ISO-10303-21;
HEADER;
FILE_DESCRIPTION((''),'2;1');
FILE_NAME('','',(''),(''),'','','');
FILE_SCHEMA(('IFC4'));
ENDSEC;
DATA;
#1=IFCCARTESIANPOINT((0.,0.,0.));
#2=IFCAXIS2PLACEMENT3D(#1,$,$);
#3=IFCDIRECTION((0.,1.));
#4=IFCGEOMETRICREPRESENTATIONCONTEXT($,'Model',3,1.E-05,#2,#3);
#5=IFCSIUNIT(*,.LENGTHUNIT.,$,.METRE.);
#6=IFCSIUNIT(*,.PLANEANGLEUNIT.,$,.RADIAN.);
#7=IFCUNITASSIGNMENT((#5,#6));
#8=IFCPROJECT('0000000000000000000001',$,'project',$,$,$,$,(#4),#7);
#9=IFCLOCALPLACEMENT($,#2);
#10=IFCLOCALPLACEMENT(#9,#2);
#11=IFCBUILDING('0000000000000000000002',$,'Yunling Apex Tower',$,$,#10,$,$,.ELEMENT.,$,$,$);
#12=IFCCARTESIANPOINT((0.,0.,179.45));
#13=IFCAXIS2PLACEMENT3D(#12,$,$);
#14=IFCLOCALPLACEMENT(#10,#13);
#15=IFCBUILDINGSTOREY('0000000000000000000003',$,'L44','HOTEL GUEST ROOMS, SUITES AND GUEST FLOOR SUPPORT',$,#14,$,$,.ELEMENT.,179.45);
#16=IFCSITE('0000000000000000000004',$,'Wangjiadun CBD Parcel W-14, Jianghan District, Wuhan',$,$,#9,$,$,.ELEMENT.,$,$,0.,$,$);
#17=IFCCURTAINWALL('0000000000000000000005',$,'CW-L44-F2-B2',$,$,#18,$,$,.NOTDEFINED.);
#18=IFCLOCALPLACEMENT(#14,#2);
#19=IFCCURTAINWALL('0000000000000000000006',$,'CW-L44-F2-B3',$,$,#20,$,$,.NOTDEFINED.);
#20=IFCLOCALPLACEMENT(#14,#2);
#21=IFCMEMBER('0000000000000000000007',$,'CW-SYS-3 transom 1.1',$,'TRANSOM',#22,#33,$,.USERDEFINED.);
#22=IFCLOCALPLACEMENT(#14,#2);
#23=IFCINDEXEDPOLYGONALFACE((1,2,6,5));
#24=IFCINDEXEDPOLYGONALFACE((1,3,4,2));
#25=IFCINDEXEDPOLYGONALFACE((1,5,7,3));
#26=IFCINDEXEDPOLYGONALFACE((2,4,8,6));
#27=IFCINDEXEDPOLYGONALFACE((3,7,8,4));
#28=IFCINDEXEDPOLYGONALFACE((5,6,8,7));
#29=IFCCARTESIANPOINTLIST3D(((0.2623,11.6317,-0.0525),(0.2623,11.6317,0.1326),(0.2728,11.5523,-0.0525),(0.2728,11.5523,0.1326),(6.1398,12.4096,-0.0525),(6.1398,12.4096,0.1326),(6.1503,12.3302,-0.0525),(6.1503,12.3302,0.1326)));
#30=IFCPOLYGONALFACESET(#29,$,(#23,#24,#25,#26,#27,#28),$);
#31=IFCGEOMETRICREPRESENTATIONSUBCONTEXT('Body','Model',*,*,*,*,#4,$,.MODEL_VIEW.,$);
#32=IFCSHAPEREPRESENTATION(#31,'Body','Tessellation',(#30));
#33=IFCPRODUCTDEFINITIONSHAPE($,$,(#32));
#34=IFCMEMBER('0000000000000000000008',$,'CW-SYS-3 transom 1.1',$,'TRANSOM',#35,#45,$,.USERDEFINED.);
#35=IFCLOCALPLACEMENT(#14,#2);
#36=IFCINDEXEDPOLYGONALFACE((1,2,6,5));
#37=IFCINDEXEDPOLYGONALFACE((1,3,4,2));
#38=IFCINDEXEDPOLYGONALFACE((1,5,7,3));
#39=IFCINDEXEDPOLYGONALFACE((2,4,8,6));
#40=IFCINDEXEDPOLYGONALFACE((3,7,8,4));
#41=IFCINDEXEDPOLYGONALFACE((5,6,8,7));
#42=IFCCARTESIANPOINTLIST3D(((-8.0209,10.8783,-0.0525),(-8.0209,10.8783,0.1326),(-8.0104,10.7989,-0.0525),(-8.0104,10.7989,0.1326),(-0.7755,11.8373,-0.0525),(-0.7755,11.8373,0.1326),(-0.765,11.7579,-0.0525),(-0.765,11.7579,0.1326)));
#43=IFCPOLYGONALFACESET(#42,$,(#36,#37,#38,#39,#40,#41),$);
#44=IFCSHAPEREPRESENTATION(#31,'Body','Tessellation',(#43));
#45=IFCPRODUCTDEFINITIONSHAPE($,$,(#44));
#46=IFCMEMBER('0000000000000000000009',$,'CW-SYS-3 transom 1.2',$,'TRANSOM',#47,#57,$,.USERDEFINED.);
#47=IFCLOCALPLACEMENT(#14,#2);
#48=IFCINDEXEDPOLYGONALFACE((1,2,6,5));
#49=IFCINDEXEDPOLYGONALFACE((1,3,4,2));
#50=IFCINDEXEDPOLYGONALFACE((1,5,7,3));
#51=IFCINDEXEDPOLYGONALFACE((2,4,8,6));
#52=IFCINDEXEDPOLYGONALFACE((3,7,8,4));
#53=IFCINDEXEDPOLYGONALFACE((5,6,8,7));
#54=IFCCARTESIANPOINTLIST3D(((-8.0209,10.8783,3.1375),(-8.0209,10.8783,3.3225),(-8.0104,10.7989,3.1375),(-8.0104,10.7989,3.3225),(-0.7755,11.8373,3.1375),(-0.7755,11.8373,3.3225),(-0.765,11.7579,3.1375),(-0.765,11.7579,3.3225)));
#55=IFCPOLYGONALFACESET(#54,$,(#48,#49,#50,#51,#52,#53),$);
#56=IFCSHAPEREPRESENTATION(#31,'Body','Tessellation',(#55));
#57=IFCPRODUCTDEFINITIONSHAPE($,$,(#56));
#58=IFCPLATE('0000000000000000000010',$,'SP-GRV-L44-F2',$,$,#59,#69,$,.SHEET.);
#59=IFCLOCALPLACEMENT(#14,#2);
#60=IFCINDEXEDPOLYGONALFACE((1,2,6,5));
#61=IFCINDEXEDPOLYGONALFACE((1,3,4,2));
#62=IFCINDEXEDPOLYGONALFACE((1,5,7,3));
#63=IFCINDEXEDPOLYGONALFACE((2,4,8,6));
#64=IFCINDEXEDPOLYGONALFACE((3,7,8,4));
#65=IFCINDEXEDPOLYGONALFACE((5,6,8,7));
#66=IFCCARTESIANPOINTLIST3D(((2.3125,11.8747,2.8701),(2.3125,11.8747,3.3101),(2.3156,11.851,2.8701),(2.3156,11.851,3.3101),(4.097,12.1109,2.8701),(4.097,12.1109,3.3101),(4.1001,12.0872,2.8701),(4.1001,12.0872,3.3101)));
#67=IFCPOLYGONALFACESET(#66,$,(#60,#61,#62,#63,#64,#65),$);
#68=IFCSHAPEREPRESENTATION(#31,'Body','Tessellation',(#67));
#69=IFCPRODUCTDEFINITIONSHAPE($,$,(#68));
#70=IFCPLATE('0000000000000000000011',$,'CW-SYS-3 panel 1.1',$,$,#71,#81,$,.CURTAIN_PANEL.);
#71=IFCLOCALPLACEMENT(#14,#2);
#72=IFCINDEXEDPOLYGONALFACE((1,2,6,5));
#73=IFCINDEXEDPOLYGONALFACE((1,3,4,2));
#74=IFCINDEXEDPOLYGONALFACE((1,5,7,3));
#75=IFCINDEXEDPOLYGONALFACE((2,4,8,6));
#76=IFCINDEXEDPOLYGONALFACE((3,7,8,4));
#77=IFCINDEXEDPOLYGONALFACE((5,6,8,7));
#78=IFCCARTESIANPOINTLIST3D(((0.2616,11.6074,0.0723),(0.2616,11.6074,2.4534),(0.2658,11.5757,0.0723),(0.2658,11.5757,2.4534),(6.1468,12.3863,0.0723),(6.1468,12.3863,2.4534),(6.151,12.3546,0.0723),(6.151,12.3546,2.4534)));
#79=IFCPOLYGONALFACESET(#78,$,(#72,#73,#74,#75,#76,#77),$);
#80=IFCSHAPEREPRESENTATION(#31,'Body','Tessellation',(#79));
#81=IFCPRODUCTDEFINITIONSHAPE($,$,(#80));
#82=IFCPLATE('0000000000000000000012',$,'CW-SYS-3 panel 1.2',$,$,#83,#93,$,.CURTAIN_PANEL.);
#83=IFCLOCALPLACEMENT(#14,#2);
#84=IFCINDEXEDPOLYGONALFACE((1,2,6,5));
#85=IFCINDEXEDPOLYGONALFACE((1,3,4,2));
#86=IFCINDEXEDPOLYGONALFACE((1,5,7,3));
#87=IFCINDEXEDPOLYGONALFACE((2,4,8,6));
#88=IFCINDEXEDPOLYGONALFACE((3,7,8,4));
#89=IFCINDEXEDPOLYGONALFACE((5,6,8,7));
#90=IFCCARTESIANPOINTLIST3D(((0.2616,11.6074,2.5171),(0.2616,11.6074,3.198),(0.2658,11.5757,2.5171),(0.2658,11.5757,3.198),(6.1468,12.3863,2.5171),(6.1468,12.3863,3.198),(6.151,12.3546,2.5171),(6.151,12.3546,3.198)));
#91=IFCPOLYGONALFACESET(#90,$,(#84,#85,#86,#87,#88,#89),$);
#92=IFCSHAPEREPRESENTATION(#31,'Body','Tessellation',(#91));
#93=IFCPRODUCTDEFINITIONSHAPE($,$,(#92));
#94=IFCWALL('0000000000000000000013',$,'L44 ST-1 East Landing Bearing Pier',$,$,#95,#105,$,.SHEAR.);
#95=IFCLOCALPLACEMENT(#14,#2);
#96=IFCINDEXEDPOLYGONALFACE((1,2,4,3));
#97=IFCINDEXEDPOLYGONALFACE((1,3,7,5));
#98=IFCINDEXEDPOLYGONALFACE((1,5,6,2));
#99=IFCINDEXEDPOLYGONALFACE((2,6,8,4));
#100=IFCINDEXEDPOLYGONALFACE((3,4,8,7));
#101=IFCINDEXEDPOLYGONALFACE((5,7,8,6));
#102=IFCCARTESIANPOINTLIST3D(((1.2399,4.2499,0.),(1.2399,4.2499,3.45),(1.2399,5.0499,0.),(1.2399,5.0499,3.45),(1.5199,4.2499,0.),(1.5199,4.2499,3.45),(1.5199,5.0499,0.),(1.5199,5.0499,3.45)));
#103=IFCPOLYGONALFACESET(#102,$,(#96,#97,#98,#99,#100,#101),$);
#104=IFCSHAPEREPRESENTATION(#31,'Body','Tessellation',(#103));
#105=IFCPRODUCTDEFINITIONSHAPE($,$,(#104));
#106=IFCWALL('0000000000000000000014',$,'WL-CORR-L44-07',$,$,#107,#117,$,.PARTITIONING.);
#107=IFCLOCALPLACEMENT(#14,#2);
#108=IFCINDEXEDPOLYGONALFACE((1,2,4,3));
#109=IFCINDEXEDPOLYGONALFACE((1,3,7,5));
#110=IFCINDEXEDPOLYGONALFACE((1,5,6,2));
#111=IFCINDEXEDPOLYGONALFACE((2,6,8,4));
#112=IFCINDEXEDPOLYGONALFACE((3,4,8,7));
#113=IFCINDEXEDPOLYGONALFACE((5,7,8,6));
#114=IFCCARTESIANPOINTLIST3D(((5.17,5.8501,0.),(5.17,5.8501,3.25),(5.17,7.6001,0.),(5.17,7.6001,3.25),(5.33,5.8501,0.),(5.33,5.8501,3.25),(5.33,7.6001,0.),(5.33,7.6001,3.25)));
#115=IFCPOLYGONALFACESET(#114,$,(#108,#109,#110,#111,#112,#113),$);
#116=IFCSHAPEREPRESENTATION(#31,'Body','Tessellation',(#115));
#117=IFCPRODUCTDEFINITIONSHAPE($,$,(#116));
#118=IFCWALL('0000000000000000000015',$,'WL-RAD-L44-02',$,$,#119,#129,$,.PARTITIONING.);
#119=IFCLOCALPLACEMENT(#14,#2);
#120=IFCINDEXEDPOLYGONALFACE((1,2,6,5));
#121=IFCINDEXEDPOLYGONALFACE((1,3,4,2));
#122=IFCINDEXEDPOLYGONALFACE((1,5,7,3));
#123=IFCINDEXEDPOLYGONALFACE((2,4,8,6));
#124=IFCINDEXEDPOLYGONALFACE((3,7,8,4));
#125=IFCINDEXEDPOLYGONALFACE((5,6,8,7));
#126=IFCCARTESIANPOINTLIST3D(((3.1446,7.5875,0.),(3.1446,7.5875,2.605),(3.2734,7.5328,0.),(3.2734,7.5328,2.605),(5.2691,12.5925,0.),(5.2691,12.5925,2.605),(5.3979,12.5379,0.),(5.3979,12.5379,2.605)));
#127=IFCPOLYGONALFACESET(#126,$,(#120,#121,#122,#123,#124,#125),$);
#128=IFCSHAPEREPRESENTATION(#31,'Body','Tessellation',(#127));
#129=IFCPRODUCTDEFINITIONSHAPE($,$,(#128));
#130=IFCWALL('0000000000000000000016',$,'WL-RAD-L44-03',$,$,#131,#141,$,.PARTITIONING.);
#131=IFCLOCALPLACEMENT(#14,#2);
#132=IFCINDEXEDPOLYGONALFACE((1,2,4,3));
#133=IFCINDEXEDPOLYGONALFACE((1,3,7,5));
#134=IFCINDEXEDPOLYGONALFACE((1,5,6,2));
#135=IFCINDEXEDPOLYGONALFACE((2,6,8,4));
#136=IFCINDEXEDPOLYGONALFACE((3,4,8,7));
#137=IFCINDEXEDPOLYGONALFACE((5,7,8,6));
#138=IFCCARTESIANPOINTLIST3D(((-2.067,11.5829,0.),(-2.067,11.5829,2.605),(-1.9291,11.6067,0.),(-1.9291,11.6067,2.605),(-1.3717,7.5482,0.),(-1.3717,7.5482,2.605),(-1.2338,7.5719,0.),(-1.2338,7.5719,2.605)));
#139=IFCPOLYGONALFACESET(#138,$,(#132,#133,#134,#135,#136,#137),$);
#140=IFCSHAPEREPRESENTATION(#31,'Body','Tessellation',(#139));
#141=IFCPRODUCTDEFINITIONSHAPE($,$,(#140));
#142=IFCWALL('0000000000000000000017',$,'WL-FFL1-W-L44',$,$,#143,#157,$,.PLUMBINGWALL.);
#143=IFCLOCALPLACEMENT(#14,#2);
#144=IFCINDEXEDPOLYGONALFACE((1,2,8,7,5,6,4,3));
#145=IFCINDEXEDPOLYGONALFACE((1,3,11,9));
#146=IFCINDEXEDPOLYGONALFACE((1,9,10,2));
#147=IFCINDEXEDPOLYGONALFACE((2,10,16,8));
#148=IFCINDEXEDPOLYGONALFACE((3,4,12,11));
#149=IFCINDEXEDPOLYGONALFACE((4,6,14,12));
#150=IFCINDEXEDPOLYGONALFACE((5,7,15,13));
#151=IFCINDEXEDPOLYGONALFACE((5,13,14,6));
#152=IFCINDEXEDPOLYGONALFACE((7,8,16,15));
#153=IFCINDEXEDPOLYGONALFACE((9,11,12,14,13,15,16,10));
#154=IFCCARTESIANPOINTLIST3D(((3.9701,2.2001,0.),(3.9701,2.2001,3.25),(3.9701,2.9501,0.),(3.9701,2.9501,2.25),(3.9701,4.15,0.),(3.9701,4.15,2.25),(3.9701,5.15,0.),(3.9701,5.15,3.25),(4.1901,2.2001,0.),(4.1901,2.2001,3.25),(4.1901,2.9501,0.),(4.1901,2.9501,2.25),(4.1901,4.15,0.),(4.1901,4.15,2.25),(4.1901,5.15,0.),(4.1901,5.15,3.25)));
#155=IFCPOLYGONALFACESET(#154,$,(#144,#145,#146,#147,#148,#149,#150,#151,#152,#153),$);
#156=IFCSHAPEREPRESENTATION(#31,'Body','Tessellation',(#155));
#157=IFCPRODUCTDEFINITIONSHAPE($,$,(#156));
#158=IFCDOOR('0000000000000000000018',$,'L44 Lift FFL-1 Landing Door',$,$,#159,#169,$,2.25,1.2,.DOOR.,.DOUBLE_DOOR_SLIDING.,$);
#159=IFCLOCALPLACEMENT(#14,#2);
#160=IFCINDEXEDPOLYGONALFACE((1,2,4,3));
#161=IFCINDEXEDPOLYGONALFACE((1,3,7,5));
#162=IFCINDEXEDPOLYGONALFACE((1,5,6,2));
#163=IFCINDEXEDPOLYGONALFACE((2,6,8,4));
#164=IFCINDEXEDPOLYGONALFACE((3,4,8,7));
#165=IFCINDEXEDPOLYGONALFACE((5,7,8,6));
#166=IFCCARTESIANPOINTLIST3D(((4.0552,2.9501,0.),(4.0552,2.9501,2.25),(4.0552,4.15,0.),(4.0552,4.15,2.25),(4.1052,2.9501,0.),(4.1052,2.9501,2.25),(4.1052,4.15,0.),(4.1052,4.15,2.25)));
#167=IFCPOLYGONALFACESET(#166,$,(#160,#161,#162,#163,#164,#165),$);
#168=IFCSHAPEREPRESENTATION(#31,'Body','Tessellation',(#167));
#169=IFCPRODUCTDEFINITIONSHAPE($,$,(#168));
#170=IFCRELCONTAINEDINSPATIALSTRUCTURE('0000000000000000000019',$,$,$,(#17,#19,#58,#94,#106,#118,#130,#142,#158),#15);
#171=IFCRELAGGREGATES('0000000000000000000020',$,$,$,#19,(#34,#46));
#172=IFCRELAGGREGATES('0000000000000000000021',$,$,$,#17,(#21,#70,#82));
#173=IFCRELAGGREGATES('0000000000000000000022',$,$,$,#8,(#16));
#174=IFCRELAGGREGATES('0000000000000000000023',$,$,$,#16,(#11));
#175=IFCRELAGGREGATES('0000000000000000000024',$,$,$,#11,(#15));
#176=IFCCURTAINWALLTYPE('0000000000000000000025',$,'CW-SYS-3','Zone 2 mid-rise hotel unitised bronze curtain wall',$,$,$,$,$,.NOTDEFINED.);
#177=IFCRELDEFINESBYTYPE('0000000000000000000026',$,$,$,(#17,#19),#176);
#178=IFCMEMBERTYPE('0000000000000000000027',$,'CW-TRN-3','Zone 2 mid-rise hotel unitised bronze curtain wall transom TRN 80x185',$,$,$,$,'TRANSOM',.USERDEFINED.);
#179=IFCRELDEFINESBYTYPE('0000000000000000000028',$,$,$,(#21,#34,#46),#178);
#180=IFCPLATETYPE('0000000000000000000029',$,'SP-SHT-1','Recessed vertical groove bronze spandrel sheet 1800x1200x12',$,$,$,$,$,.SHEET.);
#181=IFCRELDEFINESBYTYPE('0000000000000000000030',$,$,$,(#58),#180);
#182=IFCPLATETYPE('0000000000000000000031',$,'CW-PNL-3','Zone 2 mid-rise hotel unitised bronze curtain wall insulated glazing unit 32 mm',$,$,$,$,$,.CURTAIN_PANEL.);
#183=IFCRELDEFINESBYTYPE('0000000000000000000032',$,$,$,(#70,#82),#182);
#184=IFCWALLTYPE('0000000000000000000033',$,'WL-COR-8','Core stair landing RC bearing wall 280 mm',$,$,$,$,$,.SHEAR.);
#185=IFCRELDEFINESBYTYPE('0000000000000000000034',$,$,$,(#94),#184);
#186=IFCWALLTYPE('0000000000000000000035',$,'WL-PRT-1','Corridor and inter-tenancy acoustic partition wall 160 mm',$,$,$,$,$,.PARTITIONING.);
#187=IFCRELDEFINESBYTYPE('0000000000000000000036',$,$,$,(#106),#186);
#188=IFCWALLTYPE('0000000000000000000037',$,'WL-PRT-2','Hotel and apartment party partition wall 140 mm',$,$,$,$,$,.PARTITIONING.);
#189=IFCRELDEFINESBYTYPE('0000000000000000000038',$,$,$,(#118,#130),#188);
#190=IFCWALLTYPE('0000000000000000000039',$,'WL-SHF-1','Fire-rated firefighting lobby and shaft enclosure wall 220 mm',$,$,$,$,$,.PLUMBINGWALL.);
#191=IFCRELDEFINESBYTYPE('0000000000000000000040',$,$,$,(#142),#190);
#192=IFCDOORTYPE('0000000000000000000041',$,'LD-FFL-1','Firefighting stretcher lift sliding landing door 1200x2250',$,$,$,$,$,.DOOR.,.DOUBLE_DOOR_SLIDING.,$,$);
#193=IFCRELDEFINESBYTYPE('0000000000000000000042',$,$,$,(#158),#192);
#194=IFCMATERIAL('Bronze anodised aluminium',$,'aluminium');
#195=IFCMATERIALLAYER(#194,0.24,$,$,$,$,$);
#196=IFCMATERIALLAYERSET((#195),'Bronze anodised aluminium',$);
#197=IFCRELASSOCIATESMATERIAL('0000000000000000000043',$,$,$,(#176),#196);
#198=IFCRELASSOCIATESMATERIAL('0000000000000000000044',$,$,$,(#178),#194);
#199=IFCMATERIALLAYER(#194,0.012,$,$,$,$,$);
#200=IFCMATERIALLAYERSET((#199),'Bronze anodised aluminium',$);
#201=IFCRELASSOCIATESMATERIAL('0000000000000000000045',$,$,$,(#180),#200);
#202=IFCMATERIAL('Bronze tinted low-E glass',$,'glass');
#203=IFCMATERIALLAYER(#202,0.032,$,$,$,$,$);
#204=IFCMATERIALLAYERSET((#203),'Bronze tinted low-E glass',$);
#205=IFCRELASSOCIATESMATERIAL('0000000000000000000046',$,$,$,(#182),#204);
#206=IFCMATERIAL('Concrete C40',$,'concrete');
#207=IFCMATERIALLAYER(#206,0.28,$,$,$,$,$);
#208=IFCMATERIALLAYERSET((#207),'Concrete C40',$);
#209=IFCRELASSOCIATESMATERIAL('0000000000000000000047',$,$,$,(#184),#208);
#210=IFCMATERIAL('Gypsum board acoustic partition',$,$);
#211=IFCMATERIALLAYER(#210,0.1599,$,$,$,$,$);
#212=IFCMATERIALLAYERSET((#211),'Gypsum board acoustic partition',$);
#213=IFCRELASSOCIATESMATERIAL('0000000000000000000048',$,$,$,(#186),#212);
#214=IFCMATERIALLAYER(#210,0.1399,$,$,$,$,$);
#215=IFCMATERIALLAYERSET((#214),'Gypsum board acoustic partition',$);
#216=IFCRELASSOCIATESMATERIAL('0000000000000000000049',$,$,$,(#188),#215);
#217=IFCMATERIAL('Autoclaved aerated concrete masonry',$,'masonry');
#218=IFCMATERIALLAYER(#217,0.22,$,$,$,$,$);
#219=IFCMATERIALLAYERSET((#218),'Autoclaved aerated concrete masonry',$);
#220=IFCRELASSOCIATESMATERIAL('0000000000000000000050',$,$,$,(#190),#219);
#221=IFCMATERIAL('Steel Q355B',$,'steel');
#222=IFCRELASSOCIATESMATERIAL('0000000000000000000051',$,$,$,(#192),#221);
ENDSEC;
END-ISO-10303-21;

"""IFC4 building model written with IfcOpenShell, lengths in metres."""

from ifc_helpers import new_model, si_unit, direction, frame, frame_2d, origin, origin_2d, place, context, subcontext, project, spatial, rectangle, extrude, source, transform, mapped, material, layer, layer_set, material_profile, profile_set, type_object, element, fill, aggregate, save


model = new_model("IFC4")

# Units and contexts
model_context = context("Model", 3, precision=1e-05, world=origin(), true_north=direction((0.0, 1.0)))
body_context = subcontext(model_context, "Body", "Model", "MODEL_VIEW")
ifc_project = project(units=[si_unit("LENGTHUNIT", "METRE"), si_unit("PLANEANGLEUNIT", "RADIAN")], contexts=[model_context])

# Site, building, storey
site_placement = place(None, origin())
site = spatial("IfcSite", under=ifc_project, at=site_placement, Name="Wangjiadun CBD Parcel W-14, Jianghan District, Wuhan", CompositionType="ELEMENT", RefElevation=0.0)
building_placement = place(site_placement, origin())
building = spatial("IfcBuilding", under=site, at=building_placement, Name="Yunling Apex Tower", CompositionType="ELEMENT")
storey_placement = place(building_placement, frame((0.0, 0.0, 179.45)))
storey = spatial("IfcBuildingStorey", under=building, at=storey_placement, Name="L44", Description="HOTEL GUEST ROOMS, SUITES AND GUEST FLOOR SUPPORT", CompositionType="ELEMENT", Elevation=179.45)

# Shared definitions
ifc_material_1 = material(Name="Steel Q355B", Category="steel")

# Curtain walls
ifc_material_2 = material(Name="Bronze anodised aluminium", Category="aluminium")
ifc_layer_1 = layer(ifc_material_2, 0.24)
ifc_layer_set_1 = layer_set([ifc_layer_1], Name="Bronze anodised aluminium")
curtain_wall_type = type_object("IfcCurtainWallType", Name="CW-SYS-3", Description="Zone 2 mid-rise hotel unitised bronze curtain wall", PredefinedType="NOTDEFINED", material=ifc_layer_set_1)
curtain_wall_1_placement = place(storey_placement, origin())
curtain_wall_1 = element("IfcCurtainWall", 1, at=curtain_wall_1_placement, inside=storey, type_object=curtain_wall_type, Name="CW-L44-F2-B2", PredefinedType="NOTDEFINED")
curtain_wall_2_placement = place(storey_placement, origin())
curtain_wall_2 = element("IfcCurtainWall", 2, at=curtain_wall_2_placement, inside=storey, type_object=curtain_wall_type, Name="CW-L44-F2-B3", PredefinedType="NOTDEFINED")

# Members
ifc_material_profile_1 = material_profile(ifc_material_2, rectangle(XDim=0.0801, YDim=0.1851, at=origin_2d()))
ifc_profile_set_1 = profile_set([ifc_material_profile_1], Name="Bronze anodised aluminium")
member_type_1 = type_object("IfcMemberType", Name="CW-TRN-3", Description="Zone 2 mid-rise hotel unitised bronze curtain wall transom TRN 80x185", ElementType="TRANSOM", PredefinedType="USERDEFINED", material=ifc_profile_set_1)
shared_shape_1 = source(origin(), body_context, "Body", "SweptSolid", [
    extrude(rectangle(XDim=0.0801, YDim=0.1851, at=origin_2d()), origin(), (0.0, 0.0, 1.0), 5.9287),
])
member_1_placement = place(storey_placement, frame((6.145, 12.3699, 0.04), z_axis=(-0.991356, -0.131198, 0.0), x_axis=(0.131198, -0.991356, 0.0)))
member_1 = element("IfcMember", 3, at=member_1_placement, type_object=member_type_1, Name="CW-SYS-3 transom 1.1", ObjectType="TRANSOM", PredefinedType="USERDEFINED", context=body_context, shape_type="MappedRepresentation", body=[
    mapped(shared_shape_1, transform((0.0, 0.0, 0.0), scale=1.0)),
])
shared_shape_2 = source(origin(), body_context, "Body", "SweptSolid", [
    extrude(rectangle(XDim=0.0801, YDim=0.1851, at=origin_2d()), origin(), (0.0, 0.0, 1.0), 7.3086),
])
member_2_placement = place(storey_placement, frame((-0.7703, 11.7976, 0.04), z_axis=(-0.991354, -0.131214, 0.0), x_axis=(0.131214, -0.991354, 0.0)))
member_2 = element("IfcMember", 4, at=member_2_placement, type_object=member_type_1, Name="CW-SYS-3 transom 1.1", ObjectType="TRANSOM", PredefinedType="USERDEFINED", context=body_context, shape_type="MappedRepresentation", body=[
    mapped(shared_shape_2, transform((0.0, 0.0, 0.0), scale=1.0)),
])
member_3_placement = place(storey_placement, frame((-0.7703, 11.7976, 3.23), z_axis=(-0.991354, -0.131214, 0.0), x_axis=(0.131214, -0.991354, 0.0)))
member_3 = element("IfcMember", 5, at=member_3_placement, type_object=member_type_1, Name="CW-SYS-3 transom 1.2", ObjectType="TRANSOM", PredefinedType="USERDEFINED", context=body_context, shape_type="MappedRepresentation", body=[
    mapped(shared_shape_2, transform((0.0, 0.0, 0.0), scale=1.0)),
])
aggregate(curtain_wall_2, [member_2, member_3])

# Plates
ifc_layer_2 = layer(ifc_material_2, 0.012)
ifc_layer_set_2 = layer_set([ifc_layer_2], Name="Bronze anodised aluminium")
plate_type_1 = type_object("IfcPlateType", Name="SP-SHT-1", Description="Recessed vertical groove bronze spandrel sheet 1800x1200x12", PredefinedType="SHEET", material=ifc_layer_set_2)
shared_shape_3 = source(origin(), body_context, "Body", "SweptSolid", [
    extrude(rectangle(XDim=1.8, YDim=0.0239, at=origin_2d()), origin(), (0.0, 0.0, 1.0), 0.4399),
])
plate_1_placement = place(storey_placement, frame((3.2063, 11.981, 2.8701), z_axis=(0.0, 0.0, 1.0), x_axis=(-0.991353, -0.131218, 0.0)))
element("IfcPlate", 6, at=plate_1_placement, inside=storey, type_object=plate_type_1, Name="SP-GRV-L44-F2", PredefinedType="SHEET", context=body_context, shape_type="MappedRepresentation", body=[
    mapped(shared_shape_3, transform((0.0, 0.0, 0.0), scale=1.0)),
])
ifc_material_3 = material(Name="Bronze tinted low-E glass", Category="glass")
ifc_layer_3 = layer(ifc_material_3, 0.032)
ifc_layer_set_3 = layer_set([ifc_layer_3], Name="Bronze tinted low-E glass")
plate_type_2 = type_object("IfcPlateType", Name="CW-PNL-3", Description="Zone 2 mid-rise hotel unitised bronze curtain wall insulated glazing unit 32 mm", PredefinedType="CURTAIN_PANEL", material=ifc_layer_set_3)
shared_shape_4 = source(origin(), body_context, "Body", "SweptSolid", [
    extrude(rectangle(XDim=5.9365, YDim=0.032, at=origin_2d()), origin(), (0.0, 0.0, 1.0), 2.3811),
])
plate_2_placement = place(storey_placement, frame((3.2063, 11.981, 0.0723), z_axis=(0.0, 0.0, 1.0), x_axis=(-0.991355, -0.131205, 0.0)))
plate_2 = element("IfcPlate", 7, at=plate_2_placement, type_object=plate_type_2, Name="CW-SYS-3 panel 1.1", PredefinedType="CURTAIN_PANEL", context=body_context, shape_type="MappedRepresentation", body=[
    mapped(shared_shape_4, transform((0.0, 0.0, 0.0), scale=1.0)),
])
shared_shape_5 = source(origin(), body_context, "Body", "SweptSolid", [
    extrude(rectangle(XDim=5.9365, YDim=0.032, at=origin_2d()), origin(), (0.0, 0.0, 1.0), 0.6809),
])
plate_3_placement = place(storey_placement, frame((3.2063, 11.981, 2.5171), z_axis=(0.0, 0.0, 1.0), x_axis=(-0.991355, -0.131205, 0.0)))
plate_3 = element("IfcPlate", 8, at=plate_3_placement, type_object=plate_type_2, Name="CW-SYS-3 panel 1.2", PredefinedType="CURTAIN_PANEL", context=body_context, shape_type="MappedRepresentation", body=[
    mapped(shared_shape_5, transform((0.0, 0.0, 0.0), scale=1.0)),
])
aggregate(curtain_wall_1, [member_1, plate_2, plate_3])

# Walls
ifc_material_4 = material(Name="Concrete C40", Category="concrete")
ifc_layer_4 = layer(ifc_material_4, 0.28)
ifc_layer_set_4 = layer_set([ifc_layer_4], Name="Concrete C40")
wall_type_1 = type_object("IfcWallType", Name="WL-COR-8", Description="Core stair landing RC bearing wall 280 mm", PredefinedType="SHEAR", material=ifc_layer_set_4)
wall_1_placement = place(storey_placement, frame((1.3799, 4.25, 0.0), z_axis=(0.0, 0.0, 1.0), x_axis=(0.0, 1.0, 0.0)))
element("IfcWall", 9, at=wall_1_placement, inside=storey, type_object=wall_type_1, Name="L44 ST-1 East Landing Bearing Pier", PredefinedType="SHEAR", context=body_context, shape_type="SweptSolid", body=[
    extrude(rectangle(XDim=0.8, YDim=0.28, at=frame_2d((0.3999, 0.0))), origin(), (0.0, 0.0, 1.0), 3.45),
])
ifc_material_5 = material(Name="Gypsum board acoustic partition")
ifc_layer_5 = layer(ifc_material_5, 0.1599)
ifc_layer_set_5 = layer_set([ifc_layer_5], Name="Gypsum board acoustic partition")
wall_type_2 = type_object("IfcWallType", Name="WL-PRT-1", Description="Corridor and inter-tenancy acoustic partition wall 160 mm", PredefinedType="PARTITIONING", material=ifc_layer_set_5)
wall_2_placement = place(storey_placement, frame((5.25, 7.6001, 0.0), z_axis=(0.0, 0.0, 1.0), x_axis=(0.0, -1.0, 0.0)))
element("IfcWall", 10, at=wall_2_placement, inside=storey, type_object=wall_type_2, Name="WL-CORR-L44-07", PredefinedType="PARTITIONING", context=body_context, shape_type="SweptSolid", body=[
    extrude(rectangle(XDim=1.75, YDim=0.1599, at=frame_2d((0.875, 0.0))), origin(), (0.0, 0.0, 1.0), 3.25),
])
ifc_layer_6 = layer(ifc_material_5, 0.1399)
ifc_layer_set_6 = layer_set([ifc_layer_6], Name="Gypsum board acoustic partition")
wall_type_3 = type_object("IfcWallType", Name="WL-PRT-2", Description="Hotel and apartment party partition wall 140 mm", PredefinedType="PARTITIONING", material=ifc_layer_set_6)
wall_3_placement = place(storey_placement, frame((3.209, 7.5601, 0.0), z_axis=(0.0, 0.0, 1.0), x_axis=(0.390725, 0.920507, 0.0)))
element("IfcWall", 11, at=wall_3_placement, inside=storey, type_object=wall_type_3, Name="WL-RAD-L44-02", PredefinedType="PARTITIONING", context=body_context, shape_type="SweptSolid", body=[
    extrude(rectangle(XDim=5.4373, YDim=0.1399, at=frame_2d((2.7188, 0.0))), origin(), (0.0, 0.0, 1.0), 2.605),
])
wall_4_placement = place(storey_placement, frame((-1.3027, 7.5601, 0.0), z_axis=(0.0, 0.0, 1.0), x_axis=(-0.169831, 0.985473, 0.0)))
element("IfcWall", 12, at=wall_4_placement, inside=storey, type_object=wall_type_3, Name="WL-RAD-L44-03", PredefinedType="PARTITIONING", context=body_context, shape_type="SweptSolid", body=[
    extrude(rectangle(XDim=4.0942, YDim=0.1399, at=frame_2d((2.0471, 0.0))), origin(), (0.0, 0.0, 1.0), 2.605),
])

# Wall, opening, door
ifc_material_6 = material(Name="Autoclaved aerated concrete masonry", Category="masonry")
ifc_layer_7 = layer(ifc_material_6, 0.22)
ifc_layer_set_7 = layer_set([ifc_layer_7], Name="Autoclaved aerated concrete masonry")
wall_type_4 = type_object("IfcWallType", Name="WL-SHF-1", Description="Fire-rated firefighting lobby and shaft enclosure wall 220 mm", PredefinedType="PLUMBINGWALL", material=ifc_layer_set_7)
wall_5_placement = place(storey_placement, frame((4.0801, 2.2, 0.0), z_axis=(0.0, 0.0, 1.0), x_axis=(0.0, 1.0, 0.0)))
wall_5 = element("IfcWall", 13, at=wall_5_placement, inside=storey, type_object=wall_type_4, Name="WL-FFL1-W-L44", PredefinedType="PLUMBINGWALL", context=body_context, shape_type="SweptSolid", body=[
    extrude(rectangle(XDim=2.95, YDim=0.22, at=frame_2d((1.4751, 0.0))), origin(), (0.0, 0.0, 1.0), 3.25),
])
opening_1_placement = place(wall_5_placement, frame((0.75, 0.0, 0.0)))
opening_1 = element("IfcOpeningElement", 14, at=opening_1_placement, cuts=wall_5, PredefinedType="OPENING", context=body_context, shape_type="SweptSolid", body=[
    extrude(rectangle(XDim=1.2, YDim=2.25, at=frame_2d((0.6001, 1.125))), frame((0.0, 0.1201, 0.0), z_axis=(0.0, -1.0, 0.0), x_axis=(1.0, 0.0, 0.0)), (0.0, 0.0, 1.0), 0.24),
])
door_type_1 = type_object("IfcDoorType", Name="LD-FFL-1", Description="Firefighting stretcher lift sliding landing door 1200x2250", OperationType="DOUBLE_DOOR_SLIDING", PredefinedType="DOOR", material=ifc_material_1)
door_1_placement = place(opening_1_placement, origin())
door_1 = element("IfcDoor", 15, at=door_1_placement, inside=storey, type_object=door_type_1, Name="L44 Lift FFL-1 Landing Door", OperationType="DOUBLE_DOOR_SLIDING", OverallHeight=2.25, OverallWidth=1.2, PredefinedType="DOOR", context=body_context, shape_type="SweptSolid", body=[
    extrude(rectangle(XDim=1.2, YDim=2.25, at=frame_2d((0.6001, 1.125))), frame((0.0, 0.0249, 0.0), z_axis=(0.0, -1.0, 0.0), x_axis=(1.0, 0.0, 0.0)), (0.0, 0.0, 1.0), 0.05),
])
fill(opening_1, door_1)

save(model, "model.ifc")
